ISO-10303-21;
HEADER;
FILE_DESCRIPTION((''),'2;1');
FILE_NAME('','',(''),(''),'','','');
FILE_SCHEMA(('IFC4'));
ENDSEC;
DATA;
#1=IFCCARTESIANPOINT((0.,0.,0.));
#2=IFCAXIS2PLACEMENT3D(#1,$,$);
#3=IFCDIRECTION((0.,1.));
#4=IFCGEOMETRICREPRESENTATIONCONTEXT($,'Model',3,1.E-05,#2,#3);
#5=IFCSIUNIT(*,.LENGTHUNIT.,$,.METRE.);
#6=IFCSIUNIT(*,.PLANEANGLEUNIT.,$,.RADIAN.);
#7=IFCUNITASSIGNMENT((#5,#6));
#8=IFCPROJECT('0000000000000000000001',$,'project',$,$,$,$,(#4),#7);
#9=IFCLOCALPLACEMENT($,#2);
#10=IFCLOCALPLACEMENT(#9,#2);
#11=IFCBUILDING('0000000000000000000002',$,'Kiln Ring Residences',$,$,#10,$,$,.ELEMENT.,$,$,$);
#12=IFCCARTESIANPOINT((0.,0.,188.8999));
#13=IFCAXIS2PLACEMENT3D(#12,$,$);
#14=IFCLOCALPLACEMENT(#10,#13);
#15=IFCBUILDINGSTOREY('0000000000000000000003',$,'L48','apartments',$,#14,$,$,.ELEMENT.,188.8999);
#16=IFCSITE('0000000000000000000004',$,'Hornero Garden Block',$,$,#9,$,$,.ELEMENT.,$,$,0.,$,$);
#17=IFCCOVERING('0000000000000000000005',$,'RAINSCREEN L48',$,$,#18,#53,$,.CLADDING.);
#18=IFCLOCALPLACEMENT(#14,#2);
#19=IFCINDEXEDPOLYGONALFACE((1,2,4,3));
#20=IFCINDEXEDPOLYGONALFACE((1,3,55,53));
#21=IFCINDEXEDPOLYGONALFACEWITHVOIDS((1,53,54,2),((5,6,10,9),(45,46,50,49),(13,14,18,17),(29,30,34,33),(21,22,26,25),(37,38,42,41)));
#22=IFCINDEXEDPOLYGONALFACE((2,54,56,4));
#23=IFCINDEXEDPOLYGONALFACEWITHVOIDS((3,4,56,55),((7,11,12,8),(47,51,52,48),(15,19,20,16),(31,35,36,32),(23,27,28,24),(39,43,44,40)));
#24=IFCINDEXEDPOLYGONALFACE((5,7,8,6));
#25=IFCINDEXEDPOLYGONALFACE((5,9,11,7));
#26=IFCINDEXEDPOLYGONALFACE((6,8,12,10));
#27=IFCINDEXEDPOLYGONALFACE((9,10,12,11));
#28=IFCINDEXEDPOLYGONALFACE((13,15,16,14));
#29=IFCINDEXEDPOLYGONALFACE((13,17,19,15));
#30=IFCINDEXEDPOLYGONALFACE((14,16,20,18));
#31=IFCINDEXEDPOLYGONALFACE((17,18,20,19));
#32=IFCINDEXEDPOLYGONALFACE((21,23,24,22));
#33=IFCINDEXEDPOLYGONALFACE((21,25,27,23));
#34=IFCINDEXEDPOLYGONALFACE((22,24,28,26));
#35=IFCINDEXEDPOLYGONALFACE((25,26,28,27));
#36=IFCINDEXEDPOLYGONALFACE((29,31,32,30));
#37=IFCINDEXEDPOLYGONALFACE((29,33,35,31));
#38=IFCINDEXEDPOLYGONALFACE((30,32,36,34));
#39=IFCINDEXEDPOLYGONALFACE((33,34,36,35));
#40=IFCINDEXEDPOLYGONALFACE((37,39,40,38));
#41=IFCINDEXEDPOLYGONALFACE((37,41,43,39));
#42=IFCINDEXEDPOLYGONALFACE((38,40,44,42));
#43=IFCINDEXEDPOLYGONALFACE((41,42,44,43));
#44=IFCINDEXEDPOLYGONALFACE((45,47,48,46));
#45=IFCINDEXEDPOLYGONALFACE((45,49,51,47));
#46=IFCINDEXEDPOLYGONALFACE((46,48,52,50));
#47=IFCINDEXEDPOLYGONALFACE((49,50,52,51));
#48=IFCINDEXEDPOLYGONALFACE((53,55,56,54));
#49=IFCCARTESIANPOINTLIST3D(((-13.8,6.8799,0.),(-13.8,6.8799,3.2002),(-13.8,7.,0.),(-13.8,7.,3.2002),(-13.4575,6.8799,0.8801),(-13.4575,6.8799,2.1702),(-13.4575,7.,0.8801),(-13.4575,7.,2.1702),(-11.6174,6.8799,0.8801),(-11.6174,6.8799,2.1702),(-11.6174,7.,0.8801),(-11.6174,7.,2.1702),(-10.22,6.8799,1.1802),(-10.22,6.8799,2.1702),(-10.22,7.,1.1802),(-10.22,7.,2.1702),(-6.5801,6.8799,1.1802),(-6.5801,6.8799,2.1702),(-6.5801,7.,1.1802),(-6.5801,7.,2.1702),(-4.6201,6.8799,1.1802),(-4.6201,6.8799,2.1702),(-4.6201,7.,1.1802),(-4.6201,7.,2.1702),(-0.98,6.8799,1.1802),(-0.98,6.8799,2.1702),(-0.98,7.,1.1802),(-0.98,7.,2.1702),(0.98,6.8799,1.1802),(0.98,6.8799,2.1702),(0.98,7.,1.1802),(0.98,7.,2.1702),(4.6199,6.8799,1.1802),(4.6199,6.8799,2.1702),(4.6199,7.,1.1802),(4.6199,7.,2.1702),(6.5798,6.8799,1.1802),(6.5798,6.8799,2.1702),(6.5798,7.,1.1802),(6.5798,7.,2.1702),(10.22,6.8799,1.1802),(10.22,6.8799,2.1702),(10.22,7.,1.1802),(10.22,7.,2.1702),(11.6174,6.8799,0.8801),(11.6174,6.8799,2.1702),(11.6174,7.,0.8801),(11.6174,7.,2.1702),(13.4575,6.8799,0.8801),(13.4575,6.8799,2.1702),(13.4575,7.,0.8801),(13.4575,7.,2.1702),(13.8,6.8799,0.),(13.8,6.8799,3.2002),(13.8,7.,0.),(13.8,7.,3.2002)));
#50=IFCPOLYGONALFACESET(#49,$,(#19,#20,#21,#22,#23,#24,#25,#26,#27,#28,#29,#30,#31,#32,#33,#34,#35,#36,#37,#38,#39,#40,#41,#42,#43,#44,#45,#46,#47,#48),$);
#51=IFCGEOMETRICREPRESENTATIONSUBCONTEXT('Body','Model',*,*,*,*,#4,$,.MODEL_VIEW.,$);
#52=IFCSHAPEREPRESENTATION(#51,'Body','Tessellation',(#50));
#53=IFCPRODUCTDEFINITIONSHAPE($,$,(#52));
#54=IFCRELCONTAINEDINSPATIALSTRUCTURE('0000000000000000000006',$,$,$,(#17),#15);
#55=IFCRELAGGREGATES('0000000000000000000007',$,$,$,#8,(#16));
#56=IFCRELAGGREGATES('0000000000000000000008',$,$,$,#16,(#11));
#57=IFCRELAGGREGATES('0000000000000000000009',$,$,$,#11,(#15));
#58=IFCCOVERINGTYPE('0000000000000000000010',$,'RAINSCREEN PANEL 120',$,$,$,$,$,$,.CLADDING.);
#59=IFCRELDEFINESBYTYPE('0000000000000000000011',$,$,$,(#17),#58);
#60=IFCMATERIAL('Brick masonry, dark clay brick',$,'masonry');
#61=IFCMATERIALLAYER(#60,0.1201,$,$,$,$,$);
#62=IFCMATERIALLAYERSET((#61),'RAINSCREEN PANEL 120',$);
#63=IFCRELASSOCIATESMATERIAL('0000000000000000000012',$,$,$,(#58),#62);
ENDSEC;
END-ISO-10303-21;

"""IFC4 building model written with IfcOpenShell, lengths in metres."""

from ifc_helpers import new_model, si_unit, direction, frame, origin, place, context, subcontext, project, spatial, polyline, outline, extrude, material, layer, layer_set, type_object, element, save


model = new_model("IFC4")

# Units and contexts
model_context = context("Model", 3, precision=1e-05, world=origin(), true_north=direction((0.0, 1.0)))
body_context = subcontext(model_context, "Body", "Model", "MODEL_VIEW")
ifc_project = project(units=[si_unit("LENGTHUNIT", "METRE"), si_unit("PLANEANGLEUNIT", "RADIAN")], contexts=[model_context])

# Site, building, storey
site_placement = place(None, origin())
site = spatial("IfcSite", under=ifc_project, at=site_placement, Name="Hornero Garden Block", CompositionType="ELEMENT", RefElevation=0.0)
building_placement = place(site_placement, origin())
building = spatial("IfcBuilding", under=site, at=building_placement, Name="Kiln Ring Residences", CompositionType="ELEMENT")
storey_placement = place(building_placement, frame((0.0, 0.0, 188.8999)))
storey = spatial("IfcBuildingStorey", under=building, at=storey_placement, Name="L48", Description="apartments", CompositionType="ELEMENT", Elevation=188.8999)

# Covering
ifc_material_1 = material(Name="Brick masonry, dark clay brick", Category="masonry")
ifc_layer_1 = layer(ifc_material_1, 0.1201)
ifc_layer_set_1 = layer_set([ifc_layer_1], Name="RAINSCREEN PANEL 120")
covering_type = type_object("IfcCoveringType", Name="RAINSCREEN PANEL 120", PredefinedType="CLADDING", material=ifc_layer_set_1)
covering_placement = place(storey_placement, frame((-13.8, 6.9399, 0.0), z_axis=(0.0, 0.0, 1.0), x_axis=(1.0, 0.0, 0.0)))
element("IfcCovering", 1, at=covering_placement, inside=storey, type_object=covering_type, Name="RAINSCREEN L48", PredefinedType="CLADDING", context=body_context, shape_type="SweptSolid", body=[
    extrude(outline(polyline([(0.0, 0.0), (27.6001, 0.0), (27.6001, 3.2002), (0.0, 3.2002), (0.0, 0.0)]), holes=[polyline([(2.1826, 0.8801), (2.1826, 2.1702), (0.3425, 2.1702), (0.3425, 0.8801), (2.1826, 0.8801)]), polyline([(25.4175, 0.8801), (27.2576, 0.8801), (27.2576, 2.1702), (25.4175, 2.1702), (25.4175, 0.8801)]), polyline([(3.5801, 1.1802), (7.22, 1.1802), (7.22, 2.1702), (3.5801, 2.1702), (3.5801, 1.1802)]), polyline([(12.8201, 1.1802), (12.8201, 2.1702), (9.1799, 2.1702), (9.1799, 1.1802), (12.8201, 1.1802)]), polyline([(14.78, 1.1802), (18.4199, 1.1802), (18.4199, 2.1702), (14.78, 2.1702), (14.78, 1.1802)]), polyline([(20.3799, 1.1802), (24.02, 1.1802), (24.02, 2.1702), (20.3799, 2.1702), (20.3799, 1.1802)])]), frame((0.0, 0.0601, 0.0), z_axis=(0.0, -1.0, 0.0), x_axis=(1.0, 0.0, 0.0)), (0.0, 0.0, 1.0), 0.1201),
])

save(model, "model.ifc")
